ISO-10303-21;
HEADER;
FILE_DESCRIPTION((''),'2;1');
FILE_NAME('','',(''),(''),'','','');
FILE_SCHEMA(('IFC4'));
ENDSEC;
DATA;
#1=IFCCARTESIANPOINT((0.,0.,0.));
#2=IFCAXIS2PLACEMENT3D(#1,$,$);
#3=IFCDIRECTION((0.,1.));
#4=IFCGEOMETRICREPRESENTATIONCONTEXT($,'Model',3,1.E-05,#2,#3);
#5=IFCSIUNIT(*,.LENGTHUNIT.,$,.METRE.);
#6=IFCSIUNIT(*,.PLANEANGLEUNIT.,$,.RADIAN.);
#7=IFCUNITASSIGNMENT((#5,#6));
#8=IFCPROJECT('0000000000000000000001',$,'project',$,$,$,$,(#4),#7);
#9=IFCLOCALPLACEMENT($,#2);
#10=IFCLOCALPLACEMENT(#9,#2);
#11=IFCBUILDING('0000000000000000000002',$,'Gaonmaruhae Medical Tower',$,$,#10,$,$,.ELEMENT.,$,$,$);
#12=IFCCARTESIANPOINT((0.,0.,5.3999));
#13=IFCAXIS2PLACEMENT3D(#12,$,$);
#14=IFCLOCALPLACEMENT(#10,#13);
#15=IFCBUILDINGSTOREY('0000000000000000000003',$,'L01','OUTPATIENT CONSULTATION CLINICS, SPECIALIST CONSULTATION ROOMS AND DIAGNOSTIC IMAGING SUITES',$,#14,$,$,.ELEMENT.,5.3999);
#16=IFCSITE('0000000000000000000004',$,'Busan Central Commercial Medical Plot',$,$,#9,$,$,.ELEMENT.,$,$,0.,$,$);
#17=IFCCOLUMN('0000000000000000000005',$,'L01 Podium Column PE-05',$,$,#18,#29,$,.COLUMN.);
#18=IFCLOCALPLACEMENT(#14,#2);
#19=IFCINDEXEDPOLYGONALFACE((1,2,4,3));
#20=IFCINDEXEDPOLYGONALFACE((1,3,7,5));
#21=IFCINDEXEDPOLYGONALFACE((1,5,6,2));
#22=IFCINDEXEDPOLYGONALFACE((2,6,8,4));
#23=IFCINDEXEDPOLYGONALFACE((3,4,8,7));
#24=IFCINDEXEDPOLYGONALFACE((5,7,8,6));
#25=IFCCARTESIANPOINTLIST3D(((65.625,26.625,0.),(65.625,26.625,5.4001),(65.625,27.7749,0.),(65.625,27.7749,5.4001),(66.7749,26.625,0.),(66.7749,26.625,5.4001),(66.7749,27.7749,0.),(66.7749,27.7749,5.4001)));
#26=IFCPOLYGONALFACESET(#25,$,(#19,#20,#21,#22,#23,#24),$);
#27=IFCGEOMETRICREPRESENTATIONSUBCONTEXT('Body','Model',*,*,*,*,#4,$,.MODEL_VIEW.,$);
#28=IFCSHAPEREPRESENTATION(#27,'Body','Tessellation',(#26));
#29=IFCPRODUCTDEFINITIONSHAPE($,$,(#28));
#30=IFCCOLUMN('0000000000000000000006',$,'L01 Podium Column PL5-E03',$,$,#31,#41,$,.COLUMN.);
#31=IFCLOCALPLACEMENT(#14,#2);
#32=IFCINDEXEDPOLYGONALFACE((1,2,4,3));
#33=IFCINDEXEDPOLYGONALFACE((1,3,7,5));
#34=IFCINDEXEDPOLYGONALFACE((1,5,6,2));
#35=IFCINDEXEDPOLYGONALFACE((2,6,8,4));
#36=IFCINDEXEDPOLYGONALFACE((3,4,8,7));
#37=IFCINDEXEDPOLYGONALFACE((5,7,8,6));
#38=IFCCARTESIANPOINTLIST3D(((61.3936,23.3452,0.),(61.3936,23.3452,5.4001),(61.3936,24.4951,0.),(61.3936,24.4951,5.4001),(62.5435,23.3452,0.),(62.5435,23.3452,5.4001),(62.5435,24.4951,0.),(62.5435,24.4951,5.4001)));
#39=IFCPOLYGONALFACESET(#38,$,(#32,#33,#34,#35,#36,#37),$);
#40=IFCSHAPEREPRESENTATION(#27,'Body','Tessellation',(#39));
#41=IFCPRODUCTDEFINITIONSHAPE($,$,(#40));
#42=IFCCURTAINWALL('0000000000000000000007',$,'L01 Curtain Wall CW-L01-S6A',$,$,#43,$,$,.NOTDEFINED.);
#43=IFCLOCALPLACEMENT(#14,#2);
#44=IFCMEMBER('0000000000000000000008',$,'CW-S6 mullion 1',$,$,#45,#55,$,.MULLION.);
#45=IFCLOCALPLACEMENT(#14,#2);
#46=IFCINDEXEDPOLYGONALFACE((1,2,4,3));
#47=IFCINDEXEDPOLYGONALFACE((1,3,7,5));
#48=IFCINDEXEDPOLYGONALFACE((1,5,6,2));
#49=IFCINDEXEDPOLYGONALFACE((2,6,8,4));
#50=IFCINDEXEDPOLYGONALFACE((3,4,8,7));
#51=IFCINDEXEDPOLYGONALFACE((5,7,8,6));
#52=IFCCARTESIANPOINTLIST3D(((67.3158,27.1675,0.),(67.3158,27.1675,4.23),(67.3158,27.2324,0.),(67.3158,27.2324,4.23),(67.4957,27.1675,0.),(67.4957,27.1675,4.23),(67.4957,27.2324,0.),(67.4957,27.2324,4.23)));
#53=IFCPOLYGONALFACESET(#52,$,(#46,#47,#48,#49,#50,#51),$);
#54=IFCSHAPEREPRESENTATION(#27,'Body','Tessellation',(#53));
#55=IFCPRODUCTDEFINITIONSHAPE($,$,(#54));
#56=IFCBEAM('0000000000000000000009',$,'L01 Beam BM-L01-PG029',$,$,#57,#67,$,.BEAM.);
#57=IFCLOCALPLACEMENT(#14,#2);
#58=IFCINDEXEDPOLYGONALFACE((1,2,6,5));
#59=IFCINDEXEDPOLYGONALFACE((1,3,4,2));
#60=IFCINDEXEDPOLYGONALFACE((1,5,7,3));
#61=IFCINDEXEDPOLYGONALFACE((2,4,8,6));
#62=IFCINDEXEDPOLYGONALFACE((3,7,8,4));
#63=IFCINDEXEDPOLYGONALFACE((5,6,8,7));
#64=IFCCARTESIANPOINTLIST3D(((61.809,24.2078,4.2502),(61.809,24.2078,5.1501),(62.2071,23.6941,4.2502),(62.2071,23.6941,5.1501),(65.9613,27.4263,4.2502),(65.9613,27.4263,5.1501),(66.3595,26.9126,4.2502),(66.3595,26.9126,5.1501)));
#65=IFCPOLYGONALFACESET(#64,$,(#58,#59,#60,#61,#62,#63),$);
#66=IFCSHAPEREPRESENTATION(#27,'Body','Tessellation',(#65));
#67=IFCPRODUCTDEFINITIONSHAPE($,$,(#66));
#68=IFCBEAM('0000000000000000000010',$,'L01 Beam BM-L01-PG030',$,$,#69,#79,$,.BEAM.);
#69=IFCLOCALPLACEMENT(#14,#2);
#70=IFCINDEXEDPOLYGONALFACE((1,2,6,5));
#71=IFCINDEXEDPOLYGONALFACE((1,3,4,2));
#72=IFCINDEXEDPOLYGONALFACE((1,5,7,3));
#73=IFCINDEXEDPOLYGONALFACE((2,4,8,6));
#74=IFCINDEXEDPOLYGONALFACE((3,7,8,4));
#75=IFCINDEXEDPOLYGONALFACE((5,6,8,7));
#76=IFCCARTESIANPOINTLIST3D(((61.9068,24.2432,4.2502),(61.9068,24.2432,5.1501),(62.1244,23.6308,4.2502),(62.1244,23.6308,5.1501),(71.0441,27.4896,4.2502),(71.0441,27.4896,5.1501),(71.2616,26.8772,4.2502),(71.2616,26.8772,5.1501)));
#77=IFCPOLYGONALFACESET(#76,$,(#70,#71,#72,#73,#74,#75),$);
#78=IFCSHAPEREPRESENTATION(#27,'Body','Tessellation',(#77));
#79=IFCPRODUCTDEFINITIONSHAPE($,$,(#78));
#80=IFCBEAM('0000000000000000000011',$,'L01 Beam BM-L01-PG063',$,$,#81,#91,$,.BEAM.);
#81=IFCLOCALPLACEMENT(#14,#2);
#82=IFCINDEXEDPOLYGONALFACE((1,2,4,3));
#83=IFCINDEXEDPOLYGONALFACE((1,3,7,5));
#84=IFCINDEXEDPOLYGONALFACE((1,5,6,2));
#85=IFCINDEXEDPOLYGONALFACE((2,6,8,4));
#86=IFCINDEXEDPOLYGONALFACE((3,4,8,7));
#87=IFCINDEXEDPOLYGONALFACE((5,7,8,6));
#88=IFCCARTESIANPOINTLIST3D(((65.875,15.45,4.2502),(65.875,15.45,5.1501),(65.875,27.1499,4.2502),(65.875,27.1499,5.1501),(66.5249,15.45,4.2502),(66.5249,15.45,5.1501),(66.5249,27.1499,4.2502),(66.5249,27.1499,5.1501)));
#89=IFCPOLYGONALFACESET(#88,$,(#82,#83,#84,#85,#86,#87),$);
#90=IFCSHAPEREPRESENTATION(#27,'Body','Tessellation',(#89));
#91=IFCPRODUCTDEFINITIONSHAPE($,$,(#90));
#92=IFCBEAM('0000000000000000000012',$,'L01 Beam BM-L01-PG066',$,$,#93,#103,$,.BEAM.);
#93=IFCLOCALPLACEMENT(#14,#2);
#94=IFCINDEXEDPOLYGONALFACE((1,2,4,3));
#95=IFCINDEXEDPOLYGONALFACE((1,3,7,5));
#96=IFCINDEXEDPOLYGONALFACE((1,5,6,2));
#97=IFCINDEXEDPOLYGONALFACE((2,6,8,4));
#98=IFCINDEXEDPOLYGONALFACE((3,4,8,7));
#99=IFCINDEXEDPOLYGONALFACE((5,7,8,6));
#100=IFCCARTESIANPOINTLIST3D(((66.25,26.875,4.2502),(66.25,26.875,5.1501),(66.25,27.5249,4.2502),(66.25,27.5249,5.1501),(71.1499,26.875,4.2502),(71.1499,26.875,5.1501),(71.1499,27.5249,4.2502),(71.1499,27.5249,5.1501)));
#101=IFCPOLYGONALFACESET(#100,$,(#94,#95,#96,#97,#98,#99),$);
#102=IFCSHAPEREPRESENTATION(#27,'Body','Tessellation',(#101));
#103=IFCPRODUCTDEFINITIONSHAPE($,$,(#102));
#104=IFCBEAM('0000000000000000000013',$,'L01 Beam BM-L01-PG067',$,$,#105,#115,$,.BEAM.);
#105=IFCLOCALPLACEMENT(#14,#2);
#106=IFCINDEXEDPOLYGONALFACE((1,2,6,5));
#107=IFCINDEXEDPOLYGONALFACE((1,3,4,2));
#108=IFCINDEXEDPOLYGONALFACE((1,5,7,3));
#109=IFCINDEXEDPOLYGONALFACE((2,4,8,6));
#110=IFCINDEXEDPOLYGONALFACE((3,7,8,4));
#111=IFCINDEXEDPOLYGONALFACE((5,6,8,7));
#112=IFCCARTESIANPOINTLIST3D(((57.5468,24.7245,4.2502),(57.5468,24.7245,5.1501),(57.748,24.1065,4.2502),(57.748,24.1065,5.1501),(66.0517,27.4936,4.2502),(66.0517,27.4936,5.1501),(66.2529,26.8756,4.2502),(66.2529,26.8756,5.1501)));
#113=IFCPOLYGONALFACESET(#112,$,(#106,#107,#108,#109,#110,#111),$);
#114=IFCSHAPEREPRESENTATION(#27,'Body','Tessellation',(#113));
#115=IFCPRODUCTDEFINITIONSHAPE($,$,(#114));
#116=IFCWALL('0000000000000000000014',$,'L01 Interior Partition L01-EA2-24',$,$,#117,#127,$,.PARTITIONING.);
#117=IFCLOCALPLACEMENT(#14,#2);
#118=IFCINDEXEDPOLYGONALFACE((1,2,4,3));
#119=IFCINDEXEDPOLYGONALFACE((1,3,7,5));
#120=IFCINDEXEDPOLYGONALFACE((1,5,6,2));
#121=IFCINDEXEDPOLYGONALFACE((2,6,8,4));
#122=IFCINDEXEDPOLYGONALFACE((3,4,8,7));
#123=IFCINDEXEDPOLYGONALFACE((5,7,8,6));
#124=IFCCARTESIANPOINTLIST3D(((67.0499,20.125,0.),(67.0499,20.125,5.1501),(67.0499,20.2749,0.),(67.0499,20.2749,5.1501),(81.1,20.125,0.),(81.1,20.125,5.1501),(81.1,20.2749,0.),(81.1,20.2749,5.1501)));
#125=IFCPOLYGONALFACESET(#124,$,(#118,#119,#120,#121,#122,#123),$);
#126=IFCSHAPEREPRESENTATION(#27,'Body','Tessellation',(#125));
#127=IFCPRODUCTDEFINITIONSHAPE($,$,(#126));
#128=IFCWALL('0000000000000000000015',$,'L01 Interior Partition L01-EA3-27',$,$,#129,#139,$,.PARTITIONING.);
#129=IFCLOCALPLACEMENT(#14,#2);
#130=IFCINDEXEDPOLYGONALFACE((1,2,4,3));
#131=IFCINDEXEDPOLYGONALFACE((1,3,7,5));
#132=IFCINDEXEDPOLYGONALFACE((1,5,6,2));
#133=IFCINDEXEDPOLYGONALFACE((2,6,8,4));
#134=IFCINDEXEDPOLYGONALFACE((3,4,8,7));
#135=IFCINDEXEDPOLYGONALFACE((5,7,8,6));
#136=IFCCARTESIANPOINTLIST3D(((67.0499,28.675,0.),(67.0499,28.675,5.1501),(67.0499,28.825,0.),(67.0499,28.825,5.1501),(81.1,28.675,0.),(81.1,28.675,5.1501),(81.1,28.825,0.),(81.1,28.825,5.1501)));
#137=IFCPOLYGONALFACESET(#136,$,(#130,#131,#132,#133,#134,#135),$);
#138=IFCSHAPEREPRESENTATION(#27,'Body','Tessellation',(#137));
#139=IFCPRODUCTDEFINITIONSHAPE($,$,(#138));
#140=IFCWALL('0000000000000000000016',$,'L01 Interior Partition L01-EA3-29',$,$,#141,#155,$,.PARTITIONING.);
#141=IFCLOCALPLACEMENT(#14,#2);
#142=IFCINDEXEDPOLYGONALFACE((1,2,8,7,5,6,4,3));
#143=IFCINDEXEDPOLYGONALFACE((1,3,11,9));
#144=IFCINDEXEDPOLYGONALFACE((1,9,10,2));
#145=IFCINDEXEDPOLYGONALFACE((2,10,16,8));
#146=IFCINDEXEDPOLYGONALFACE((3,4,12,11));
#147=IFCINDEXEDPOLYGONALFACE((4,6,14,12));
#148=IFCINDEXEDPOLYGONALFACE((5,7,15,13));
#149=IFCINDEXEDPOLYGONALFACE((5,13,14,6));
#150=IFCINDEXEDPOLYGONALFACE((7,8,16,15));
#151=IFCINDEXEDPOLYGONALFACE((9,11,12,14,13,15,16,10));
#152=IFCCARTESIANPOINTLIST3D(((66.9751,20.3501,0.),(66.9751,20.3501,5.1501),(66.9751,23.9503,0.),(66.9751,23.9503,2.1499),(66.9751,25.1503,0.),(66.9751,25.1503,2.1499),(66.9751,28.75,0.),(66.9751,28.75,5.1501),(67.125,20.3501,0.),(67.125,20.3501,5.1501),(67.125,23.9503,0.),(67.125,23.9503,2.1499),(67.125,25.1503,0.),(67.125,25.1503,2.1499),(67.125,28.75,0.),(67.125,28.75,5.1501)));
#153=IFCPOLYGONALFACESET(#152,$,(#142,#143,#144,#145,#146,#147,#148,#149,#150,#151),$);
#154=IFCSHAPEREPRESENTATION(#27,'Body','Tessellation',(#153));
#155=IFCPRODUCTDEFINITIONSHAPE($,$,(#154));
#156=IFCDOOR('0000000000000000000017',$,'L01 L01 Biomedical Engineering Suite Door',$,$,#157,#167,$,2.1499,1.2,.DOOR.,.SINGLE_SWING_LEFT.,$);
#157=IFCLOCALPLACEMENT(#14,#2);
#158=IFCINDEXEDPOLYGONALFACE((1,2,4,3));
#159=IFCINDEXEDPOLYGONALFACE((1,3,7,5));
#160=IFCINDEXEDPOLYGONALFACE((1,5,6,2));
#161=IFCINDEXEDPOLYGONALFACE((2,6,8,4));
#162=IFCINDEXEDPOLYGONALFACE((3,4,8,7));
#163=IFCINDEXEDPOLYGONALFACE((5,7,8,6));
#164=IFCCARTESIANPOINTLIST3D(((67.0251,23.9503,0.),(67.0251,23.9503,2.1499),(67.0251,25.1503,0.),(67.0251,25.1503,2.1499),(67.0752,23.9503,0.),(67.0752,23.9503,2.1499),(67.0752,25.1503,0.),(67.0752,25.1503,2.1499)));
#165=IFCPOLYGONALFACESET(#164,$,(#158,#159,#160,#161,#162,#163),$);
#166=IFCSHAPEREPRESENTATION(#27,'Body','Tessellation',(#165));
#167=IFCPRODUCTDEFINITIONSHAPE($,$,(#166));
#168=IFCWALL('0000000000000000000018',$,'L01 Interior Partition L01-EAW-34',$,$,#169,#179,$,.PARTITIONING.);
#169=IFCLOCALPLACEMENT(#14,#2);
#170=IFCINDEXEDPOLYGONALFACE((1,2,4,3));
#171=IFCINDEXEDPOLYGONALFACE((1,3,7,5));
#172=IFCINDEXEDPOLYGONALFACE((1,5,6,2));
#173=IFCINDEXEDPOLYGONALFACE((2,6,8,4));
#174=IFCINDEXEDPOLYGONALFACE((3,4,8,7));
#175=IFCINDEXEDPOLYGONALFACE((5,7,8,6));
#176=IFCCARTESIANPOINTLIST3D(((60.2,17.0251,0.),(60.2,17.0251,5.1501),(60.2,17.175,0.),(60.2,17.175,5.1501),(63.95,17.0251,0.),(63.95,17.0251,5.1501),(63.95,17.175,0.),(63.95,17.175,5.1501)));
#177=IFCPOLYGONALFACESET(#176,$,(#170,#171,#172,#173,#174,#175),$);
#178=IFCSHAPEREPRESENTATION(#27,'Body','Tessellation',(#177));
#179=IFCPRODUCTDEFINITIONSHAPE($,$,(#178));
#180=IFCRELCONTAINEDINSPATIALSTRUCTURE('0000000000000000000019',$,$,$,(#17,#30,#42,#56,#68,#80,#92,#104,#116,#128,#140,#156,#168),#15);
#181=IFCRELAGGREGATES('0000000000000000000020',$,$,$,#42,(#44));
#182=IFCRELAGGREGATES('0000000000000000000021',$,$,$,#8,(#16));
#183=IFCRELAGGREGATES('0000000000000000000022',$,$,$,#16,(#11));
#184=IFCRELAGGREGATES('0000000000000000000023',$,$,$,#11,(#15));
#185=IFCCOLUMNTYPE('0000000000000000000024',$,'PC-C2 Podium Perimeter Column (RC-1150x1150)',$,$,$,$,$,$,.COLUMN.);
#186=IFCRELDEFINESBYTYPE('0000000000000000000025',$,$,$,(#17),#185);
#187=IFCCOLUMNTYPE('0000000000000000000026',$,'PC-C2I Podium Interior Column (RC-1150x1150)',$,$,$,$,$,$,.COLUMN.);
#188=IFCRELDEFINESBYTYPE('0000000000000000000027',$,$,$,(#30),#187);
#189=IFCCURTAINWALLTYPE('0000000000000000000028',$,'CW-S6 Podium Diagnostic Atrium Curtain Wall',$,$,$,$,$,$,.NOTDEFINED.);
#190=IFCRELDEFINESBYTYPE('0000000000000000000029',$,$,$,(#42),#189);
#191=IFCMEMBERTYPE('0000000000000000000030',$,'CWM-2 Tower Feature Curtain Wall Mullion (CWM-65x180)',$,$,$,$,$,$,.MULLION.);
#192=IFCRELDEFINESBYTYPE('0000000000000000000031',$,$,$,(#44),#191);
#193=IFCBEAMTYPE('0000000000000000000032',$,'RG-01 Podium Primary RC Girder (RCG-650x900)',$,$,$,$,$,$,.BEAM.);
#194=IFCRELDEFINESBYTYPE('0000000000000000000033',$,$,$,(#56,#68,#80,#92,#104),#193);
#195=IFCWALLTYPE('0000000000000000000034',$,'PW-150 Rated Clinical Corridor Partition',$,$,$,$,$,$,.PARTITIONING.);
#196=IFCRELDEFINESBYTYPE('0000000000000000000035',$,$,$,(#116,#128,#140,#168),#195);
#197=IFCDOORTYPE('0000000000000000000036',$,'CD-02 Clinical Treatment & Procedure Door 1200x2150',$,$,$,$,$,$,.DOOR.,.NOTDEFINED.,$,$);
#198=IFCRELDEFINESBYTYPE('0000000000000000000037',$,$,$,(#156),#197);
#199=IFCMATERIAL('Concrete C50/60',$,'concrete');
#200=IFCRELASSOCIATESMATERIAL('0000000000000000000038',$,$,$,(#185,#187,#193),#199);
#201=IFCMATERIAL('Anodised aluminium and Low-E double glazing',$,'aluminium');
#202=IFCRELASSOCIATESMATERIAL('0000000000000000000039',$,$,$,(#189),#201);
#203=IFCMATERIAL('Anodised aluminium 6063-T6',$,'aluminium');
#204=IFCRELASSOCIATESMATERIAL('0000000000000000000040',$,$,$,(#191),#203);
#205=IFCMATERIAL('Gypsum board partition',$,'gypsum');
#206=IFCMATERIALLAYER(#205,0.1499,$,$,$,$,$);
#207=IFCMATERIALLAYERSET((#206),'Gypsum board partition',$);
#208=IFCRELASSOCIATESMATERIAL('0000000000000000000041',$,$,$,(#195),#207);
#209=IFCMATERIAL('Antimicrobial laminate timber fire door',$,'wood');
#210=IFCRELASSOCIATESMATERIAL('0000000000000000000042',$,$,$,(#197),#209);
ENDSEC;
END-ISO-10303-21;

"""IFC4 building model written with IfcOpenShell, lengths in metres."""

from ifc_helpers import new_model, si_unit, direction, frame, frame_2d, origin, origin_2d, place, context, subcontext, project, spatial, rectangle, extrude, material, layer, layer_set, material_profile, profile_set, type_object, element, fill, aggregate, save


model = new_model("IFC4")

# Units and contexts
model_context = context("Model", 3, precision=1e-05, world=origin(), true_north=direction((0.0, 1.0)))
body_context = subcontext(model_context, "Body", "Model", "MODEL_VIEW")
ifc_project = project(units=[si_unit("LENGTHUNIT", "METRE"), si_unit("PLANEANGLEUNIT", "RADIAN")], contexts=[model_context])

# Site, building, storey
site_placement = place(None, origin())
site = spatial("IfcSite", under=ifc_project, at=site_placement, Name="Busan Central Commercial Medical Plot", CompositionType="ELEMENT", RefElevation=0.0)
building_placement = place(site_placement, origin())
building = spatial("IfcBuilding", under=site, at=building_placement, Name="Gaonmaruhae Medical Tower", CompositionType="ELEMENT")
storey_placement = place(building_placement, frame((0.0, 0.0, 5.3999)))
storey = spatial("IfcBuildingStorey", under=building, at=storey_placement, Name="L01", Description="OUTPATIENT CONSULTATION CLINICS, SPECIALIST CONSULTATION ROOMS AND DIAGNOSTIC IMAGING SUITES", CompositionType="ELEMENT", Elevation=5.3999)

# Columns
ifc_material_1 = material(Name="Concrete C50/60", Category="concrete")
ifc_material_profile_1 = material_profile(ifc_material_1, rectangle(XDim=1.1499, YDim=1.1499, at=origin_2d()), Name="RC-1150x1150")
ifc_profile_set_1 = profile_set([ifc_material_profile_1], Name="Concrete C50/60")
column_type_1 = type_object("IfcColumnType", Name="PC-C2 Podium Perimeter Column (RC-1150x1150)", PredefinedType="COLUMN", material=ifc_profile_set_1)
column_1_placement = place(storey_placement, frame((66.2, 27.2, 0.0), z_axis=(0.0, 0.0, 1.0), x_axis=(1.0, 0.0, 0.0)))
element("IfcColumn", 1, at=column_1_placement, inside=storey, type_object=column_type_1, Name="L01 Podium Column PE-05", PredefinedType="COLUMN", context=body_context, shape_type="SweptSolid", body=[
    extrude(rectangle(XDim=1.1499, YDim=1.1499, at=origin_2d()), origin(), (0.0, 0.0, 1.0), 5.4001),
])
ifc_material_profile_2 = material_profile(ifc_material_1, rectangle(XDim=1.1499, YDim=1.1499, at=origin_2d()), Name="RC-1150x1150")
ifc_profile_set_2 = profile_set([ifc_material_profile_2], Name="Concrete C50/60")
column_type_2 = type_object("IfcColumnType", Name="PC-C2I Podium Interior Column (RC-1150x1150)", PredefinedType="COLUMN", material=ifc_profile_set_2)
column_2_placement = place(storey_placement, frame((61.9685, 23.9202, 0.0), z_axis=(0.0, 0.0, 1.0), x_axis=(1.0, 0.0, 0.0)))
element("IfcColumn", 2, at=column_2_placement, inside=storey, type_object=column_type_2, Name="L01 Podium Column PL5-E03", PredefinedType="COLUMN", context=body_context, shape_type="SweptSolid", body=[
    extrude(rectangle(XDim=1.1499, YDim=1.1499, at=origin_2d()), origin(), (0.0, 0.0, 1.0), 5.4001),
])

# Curtain wall, member
ifc_material_2 = material(Name="Anodised aluminium and Low-E double glazing", Category="aluminium")
curtain_wall_type = type_object("IfcCurtainWallType", Name="CW-S6 Podium Diagnostic Atrium Curtain Wall", PredefinedType="NOTDEFINED", material=ifc_material_2)
curtain_wall_placement = place(storey_placement, origin())
curtain_wall = element("IfcCurtainWall", 3, at=curtain_wall_placement, inside=storey, type_object=curtain_wall_type, Name="L01 Curtain Wall CW-L01-S6A", PredefinedType="NOTDEFINED")
ifc_material_3 = material(Name="Anodised aluminium 6063-T6", Category="aluminium")
ifc_material_profile_3 = material_profile(ifc_material_3, rectangle(XDim=0.0649, YDim=0.1799, at=origin_2d()), Name="CWM-65x180")
ifc_profile_set_3 = profile_set([ifc_material_profile_3], Name="Anodised aluminium 6063-T6")
member_type = type_object("IfcMemberType", Name="CWM-2 Tower Feature Curtain Wall Mullion (CWM-65x180)", PredefinedType="MULLION", material=ifc_profile_set_3)
member_placement = place(storey_placement, frame((67.4058, 27.2, 0.0), z_axis=(0.0, 0.0, 1.0), x_axis=(0.0, 1.0, 0.0)))
member = element("IfcMember", 4, at=member_placement, type_object=member_type, Name="CW-S6 mullion 1", PredefinedType="MULLION", context=body_context, shape_type="SweptSolid", body=[
    extrude(rectangle(XDim=0.0649, YDim=0.1799, at=origin_2d()), origin(), (0.0, 0.0, 1.0), 4.23),
])
aggregate(curtain_wall, [member])

# Beams
ifc_material_profile_4 = material_profile(ifc_material_1, rectangle(XDim=0.6499, YDim=0.8999, at=origin_2d()), Name="RCG-650x900")
ifc_profile_set_4 = profile_set([ifc_material_profile_4], Name="Concrete C50/60")
beam_type = type_object("IfcBeamType", Name="RG-01 Podium Primary RC Girder (RCG-650x900)", PredefinedType="BEAM", material=ifc_profile_set_4)
beam_1_placement = place(storey_placement, frame((62.0081, 23.9509, 4.7002), z_axis=(0.790375, 0.612624, 0.0), x_axis=(-0.612624, 0.790375, 0.0)))
element("IfcBeam", 5, at=beam_1_placement, inside=storey, type_object=beam_type, Name="L01 Beam BM-L01-PG029", PredefinedType="BEAM", context=body_context, shape_type="SweptSolid", body=[
    extrude(rectangle(XDim=0.6499, YDim=0.8999, at=origin_2d()), origin(), (0.0, 0.0, 1.0), 5.2537),
])
beam_2_placement = place(storey_placement, frame((62.0156, 23.937, 4.7002), z_axis=(0.942294, 0.334786, 0.0), x_axis=(-0.334786, 0.942294, 0.0)))
element("IfcBeam", 6, at=beam_2_placement, inside=storey, type_object=beam_type, Name="L01 Beam BM-L01-PG030", PredefinedType="BEAM", context=body_context, shape_type="SweptSolid", body=[
    extrude(rectangle(XDim=0.6499, YDim=0.8999, at=origin_2d()), origin(), (0.0, 0.0, 1.0), 9.6968),
])
beam_3_placement = place(storey_placement, frame((66.2, 15.45, 4.7002), z_axis=(0.0, 1.0, 0.0), x_axis=(-1.0, 0.0, 0.0)))
element("IfcBeam", 7, at=beam_3_placement, inside=storey, type_object=beam_type, Name="L01 Beam BM-L01-PG063", PredefinedType="BEAM", context=body_context, shape_type="SweptSolid", body=[
    extrude(rectangle(XDim=0.6499, YDim=0.8999, at=origin_2d()), origin(), (0.0, 0.0, 1.0), 11.7),
])
beam_4_placement = place(storey_placement, frame((66.25, 27.2, 4.7002), z_axis=(1.0, 0.0, 0.0), x_axis=(0.0, 1.0, 0.0)))
element("IfcBeam", 8, at=beam_4_placement, inside=storey, type_object=beam_type, Name="L01 Beam BM-L01-PG066", PredefinedType="BEAM", context=body_context, shape_type="SweptSolid", body=[
    extrude(rectangle(XDim=0.6499, YDim=0.8999, at=origin_2d()), origin(), (0.0, 0.0, 1.0), 4.8999),
])
beam_5_placement = place(storey_placement, frame((66.1523, 27.1846, 4.7002), z_axis=(-0.950871, -0.309587, 0.0), x_axis=(0.309587, -0.950871, 0.0)))
element("IfcBeam", 9, at=beam_5_placement, inside=storey, type_object=beam_type, Name="L01 Beam BM-L01-PG067", PredefinedType="BEAM", context=body_context, shape_type="SweptSolid", body=[
    extrude(rectangle(XDim=0.6499, YDim=0.8999, at=origin_2d()), origin(), (0.0, 0.0, 1.0), 8.9443),
])

# Walls
ifc_material_4 = material(Name="Gypsum board partition", Category="gypsum")
ifc_layer_1 = layer(ifc_material_4, 0.1499)
ifc_layer_set_1 = layer_set([ifc_layer_1], Name="Gypsum board partition")
wall_type_1 = type_object("IfcWallType", Name="PW-150 Rated Clinical Corridor Partition", PredefinedType="PARTITIONING", material=ifc_layer_set_1)
for number, where, z_axis, x_axis, name in (
    (10, (67.05, 20.2, 0.0), (0.0, 0.0, 1.0), (1.0, 0.0, 0.0), "L01 Interior Partition L01-EA2-24"),
    (11, (67.05, 28.75, 0.0), (0.0, 0.0, 1.0), (1.0, 0.0, 0.0), "L01 Interior Partition L01-EA3-27"),
):
    element("IfcWall", number, at=place(storey_placement, frame(where, z_axis=z_axis, x_axis=x_axis)), inside=storey, type_object=wall_type_1, Name=name, PredefinedType="PARTITIONING", context=body_context, shape_type="SweptSolid", body=[
        extrude(rectangle(XDim=14.05, YDim=0.1499, at=frame_2d((7.0249, 0.0))), origin(), (0.0, 0.0, 1.0), 5.1501),
    ])

# Wall, opening, door
wall_1_placement = place(storey_placement, frame((67.05, 20.3501, 0.0), z_axis=(0.0, 0.0, 1.0), x_axis=(0.0, 1.0, 0.0)))
wall_1 = element("IfcWall", 12, at=wall_1_placement, inside=storey, type_object=wall_type_1, Name="L01 Interior Partition L01-EA3-29", PredefinedType="PARTITIONING", context=body_context, shape_type="SweptSolid", body=[
    extrude(rectangle(XDim=8.3999, YDim=0.1499, at=frame_2d((4.2, 0.0))), origin(), (0.0, 0.0, 1.0), 5.1501),
])
opening_1_placement = place(wall_1_placement, frame((3.6001, 0.0, 0.0)))
opening_1 = element("IfcOpeningElement", 13, at=opening_1_placement, cuts=wall_1, PredefinedType="OPENING", context=body_context, shape_type="SweptSolid", body=[
    extrude(rectangle(XDim=1.2, YDim=2.1499, at=frame_2d((0.6001, 1.075))), frame((0.0, 0.085, 0.0), z_axis=(0.0, -1.0, 0.0), x_axis=(1.0, 0.0, 0.0)), (0.0, 0.0, 1.0), 0.1699),
])
ifc_material_5 = material(Name="Antimicrobial laminate timber fire door", Category="wood")
door_type_1 = type_object("IfcDoorType", Name="CD-02 Clinical Treatment & Procedure Door 1200x2150", OperationType="NOTDEFINED", PredefinedType="DOOR", material=ifc_material_5)
door_1_placement = place(opening_1_placement, origin())
door_1 = element("IfcDoor", 14, at=door_1_placement, inside=storey, type_object=door_type_1, Name="L01 L01 Biomedical Engineering Suite Door", OperationType="SINGLE_SWING_LEFT", OverallHeight=2.1499, OverallWidth=1.2, PredefinedType="DOOR", context=body_context, shape_type="SweptSolid", body=[
    extrude(rectangle(XDim=1.2, YDim=2.1499, at=frame_2d((0.6001, 1.075))), frame((0.0, 0.0249, 0.0), z_axis=(0.0, -1.0, 0.0), x_axis=(1.0, 0.0, 0.0)), (0.0, 0.0, 1.0), 0.05),
])
fill(opening_1, door_1)

# Wall
wall_2_placement = place(storey_placement, frame((60.2, 17.1001, 0.0), z_axis=(0.0, 0.0, 1.0), x_axis=(1.0, 0.0, 0.0)))
element("IfcWall", 15, at=wall_2_placement, inside=storey, type_object=wall_type_1, Name="L01 Interior Partition L01-EAW-34", PredefinedType="PARTITIONING", context=body_context, shape_type="SweptSolid", body=[
    extrude(rectangle(XDim=3.75, YDim=0.1499, at=frame_2d((1.875, 0.0))), origin(), (0.0, 0.0, 1.0), 5.1501),
])

save(model, "model.ifc")
